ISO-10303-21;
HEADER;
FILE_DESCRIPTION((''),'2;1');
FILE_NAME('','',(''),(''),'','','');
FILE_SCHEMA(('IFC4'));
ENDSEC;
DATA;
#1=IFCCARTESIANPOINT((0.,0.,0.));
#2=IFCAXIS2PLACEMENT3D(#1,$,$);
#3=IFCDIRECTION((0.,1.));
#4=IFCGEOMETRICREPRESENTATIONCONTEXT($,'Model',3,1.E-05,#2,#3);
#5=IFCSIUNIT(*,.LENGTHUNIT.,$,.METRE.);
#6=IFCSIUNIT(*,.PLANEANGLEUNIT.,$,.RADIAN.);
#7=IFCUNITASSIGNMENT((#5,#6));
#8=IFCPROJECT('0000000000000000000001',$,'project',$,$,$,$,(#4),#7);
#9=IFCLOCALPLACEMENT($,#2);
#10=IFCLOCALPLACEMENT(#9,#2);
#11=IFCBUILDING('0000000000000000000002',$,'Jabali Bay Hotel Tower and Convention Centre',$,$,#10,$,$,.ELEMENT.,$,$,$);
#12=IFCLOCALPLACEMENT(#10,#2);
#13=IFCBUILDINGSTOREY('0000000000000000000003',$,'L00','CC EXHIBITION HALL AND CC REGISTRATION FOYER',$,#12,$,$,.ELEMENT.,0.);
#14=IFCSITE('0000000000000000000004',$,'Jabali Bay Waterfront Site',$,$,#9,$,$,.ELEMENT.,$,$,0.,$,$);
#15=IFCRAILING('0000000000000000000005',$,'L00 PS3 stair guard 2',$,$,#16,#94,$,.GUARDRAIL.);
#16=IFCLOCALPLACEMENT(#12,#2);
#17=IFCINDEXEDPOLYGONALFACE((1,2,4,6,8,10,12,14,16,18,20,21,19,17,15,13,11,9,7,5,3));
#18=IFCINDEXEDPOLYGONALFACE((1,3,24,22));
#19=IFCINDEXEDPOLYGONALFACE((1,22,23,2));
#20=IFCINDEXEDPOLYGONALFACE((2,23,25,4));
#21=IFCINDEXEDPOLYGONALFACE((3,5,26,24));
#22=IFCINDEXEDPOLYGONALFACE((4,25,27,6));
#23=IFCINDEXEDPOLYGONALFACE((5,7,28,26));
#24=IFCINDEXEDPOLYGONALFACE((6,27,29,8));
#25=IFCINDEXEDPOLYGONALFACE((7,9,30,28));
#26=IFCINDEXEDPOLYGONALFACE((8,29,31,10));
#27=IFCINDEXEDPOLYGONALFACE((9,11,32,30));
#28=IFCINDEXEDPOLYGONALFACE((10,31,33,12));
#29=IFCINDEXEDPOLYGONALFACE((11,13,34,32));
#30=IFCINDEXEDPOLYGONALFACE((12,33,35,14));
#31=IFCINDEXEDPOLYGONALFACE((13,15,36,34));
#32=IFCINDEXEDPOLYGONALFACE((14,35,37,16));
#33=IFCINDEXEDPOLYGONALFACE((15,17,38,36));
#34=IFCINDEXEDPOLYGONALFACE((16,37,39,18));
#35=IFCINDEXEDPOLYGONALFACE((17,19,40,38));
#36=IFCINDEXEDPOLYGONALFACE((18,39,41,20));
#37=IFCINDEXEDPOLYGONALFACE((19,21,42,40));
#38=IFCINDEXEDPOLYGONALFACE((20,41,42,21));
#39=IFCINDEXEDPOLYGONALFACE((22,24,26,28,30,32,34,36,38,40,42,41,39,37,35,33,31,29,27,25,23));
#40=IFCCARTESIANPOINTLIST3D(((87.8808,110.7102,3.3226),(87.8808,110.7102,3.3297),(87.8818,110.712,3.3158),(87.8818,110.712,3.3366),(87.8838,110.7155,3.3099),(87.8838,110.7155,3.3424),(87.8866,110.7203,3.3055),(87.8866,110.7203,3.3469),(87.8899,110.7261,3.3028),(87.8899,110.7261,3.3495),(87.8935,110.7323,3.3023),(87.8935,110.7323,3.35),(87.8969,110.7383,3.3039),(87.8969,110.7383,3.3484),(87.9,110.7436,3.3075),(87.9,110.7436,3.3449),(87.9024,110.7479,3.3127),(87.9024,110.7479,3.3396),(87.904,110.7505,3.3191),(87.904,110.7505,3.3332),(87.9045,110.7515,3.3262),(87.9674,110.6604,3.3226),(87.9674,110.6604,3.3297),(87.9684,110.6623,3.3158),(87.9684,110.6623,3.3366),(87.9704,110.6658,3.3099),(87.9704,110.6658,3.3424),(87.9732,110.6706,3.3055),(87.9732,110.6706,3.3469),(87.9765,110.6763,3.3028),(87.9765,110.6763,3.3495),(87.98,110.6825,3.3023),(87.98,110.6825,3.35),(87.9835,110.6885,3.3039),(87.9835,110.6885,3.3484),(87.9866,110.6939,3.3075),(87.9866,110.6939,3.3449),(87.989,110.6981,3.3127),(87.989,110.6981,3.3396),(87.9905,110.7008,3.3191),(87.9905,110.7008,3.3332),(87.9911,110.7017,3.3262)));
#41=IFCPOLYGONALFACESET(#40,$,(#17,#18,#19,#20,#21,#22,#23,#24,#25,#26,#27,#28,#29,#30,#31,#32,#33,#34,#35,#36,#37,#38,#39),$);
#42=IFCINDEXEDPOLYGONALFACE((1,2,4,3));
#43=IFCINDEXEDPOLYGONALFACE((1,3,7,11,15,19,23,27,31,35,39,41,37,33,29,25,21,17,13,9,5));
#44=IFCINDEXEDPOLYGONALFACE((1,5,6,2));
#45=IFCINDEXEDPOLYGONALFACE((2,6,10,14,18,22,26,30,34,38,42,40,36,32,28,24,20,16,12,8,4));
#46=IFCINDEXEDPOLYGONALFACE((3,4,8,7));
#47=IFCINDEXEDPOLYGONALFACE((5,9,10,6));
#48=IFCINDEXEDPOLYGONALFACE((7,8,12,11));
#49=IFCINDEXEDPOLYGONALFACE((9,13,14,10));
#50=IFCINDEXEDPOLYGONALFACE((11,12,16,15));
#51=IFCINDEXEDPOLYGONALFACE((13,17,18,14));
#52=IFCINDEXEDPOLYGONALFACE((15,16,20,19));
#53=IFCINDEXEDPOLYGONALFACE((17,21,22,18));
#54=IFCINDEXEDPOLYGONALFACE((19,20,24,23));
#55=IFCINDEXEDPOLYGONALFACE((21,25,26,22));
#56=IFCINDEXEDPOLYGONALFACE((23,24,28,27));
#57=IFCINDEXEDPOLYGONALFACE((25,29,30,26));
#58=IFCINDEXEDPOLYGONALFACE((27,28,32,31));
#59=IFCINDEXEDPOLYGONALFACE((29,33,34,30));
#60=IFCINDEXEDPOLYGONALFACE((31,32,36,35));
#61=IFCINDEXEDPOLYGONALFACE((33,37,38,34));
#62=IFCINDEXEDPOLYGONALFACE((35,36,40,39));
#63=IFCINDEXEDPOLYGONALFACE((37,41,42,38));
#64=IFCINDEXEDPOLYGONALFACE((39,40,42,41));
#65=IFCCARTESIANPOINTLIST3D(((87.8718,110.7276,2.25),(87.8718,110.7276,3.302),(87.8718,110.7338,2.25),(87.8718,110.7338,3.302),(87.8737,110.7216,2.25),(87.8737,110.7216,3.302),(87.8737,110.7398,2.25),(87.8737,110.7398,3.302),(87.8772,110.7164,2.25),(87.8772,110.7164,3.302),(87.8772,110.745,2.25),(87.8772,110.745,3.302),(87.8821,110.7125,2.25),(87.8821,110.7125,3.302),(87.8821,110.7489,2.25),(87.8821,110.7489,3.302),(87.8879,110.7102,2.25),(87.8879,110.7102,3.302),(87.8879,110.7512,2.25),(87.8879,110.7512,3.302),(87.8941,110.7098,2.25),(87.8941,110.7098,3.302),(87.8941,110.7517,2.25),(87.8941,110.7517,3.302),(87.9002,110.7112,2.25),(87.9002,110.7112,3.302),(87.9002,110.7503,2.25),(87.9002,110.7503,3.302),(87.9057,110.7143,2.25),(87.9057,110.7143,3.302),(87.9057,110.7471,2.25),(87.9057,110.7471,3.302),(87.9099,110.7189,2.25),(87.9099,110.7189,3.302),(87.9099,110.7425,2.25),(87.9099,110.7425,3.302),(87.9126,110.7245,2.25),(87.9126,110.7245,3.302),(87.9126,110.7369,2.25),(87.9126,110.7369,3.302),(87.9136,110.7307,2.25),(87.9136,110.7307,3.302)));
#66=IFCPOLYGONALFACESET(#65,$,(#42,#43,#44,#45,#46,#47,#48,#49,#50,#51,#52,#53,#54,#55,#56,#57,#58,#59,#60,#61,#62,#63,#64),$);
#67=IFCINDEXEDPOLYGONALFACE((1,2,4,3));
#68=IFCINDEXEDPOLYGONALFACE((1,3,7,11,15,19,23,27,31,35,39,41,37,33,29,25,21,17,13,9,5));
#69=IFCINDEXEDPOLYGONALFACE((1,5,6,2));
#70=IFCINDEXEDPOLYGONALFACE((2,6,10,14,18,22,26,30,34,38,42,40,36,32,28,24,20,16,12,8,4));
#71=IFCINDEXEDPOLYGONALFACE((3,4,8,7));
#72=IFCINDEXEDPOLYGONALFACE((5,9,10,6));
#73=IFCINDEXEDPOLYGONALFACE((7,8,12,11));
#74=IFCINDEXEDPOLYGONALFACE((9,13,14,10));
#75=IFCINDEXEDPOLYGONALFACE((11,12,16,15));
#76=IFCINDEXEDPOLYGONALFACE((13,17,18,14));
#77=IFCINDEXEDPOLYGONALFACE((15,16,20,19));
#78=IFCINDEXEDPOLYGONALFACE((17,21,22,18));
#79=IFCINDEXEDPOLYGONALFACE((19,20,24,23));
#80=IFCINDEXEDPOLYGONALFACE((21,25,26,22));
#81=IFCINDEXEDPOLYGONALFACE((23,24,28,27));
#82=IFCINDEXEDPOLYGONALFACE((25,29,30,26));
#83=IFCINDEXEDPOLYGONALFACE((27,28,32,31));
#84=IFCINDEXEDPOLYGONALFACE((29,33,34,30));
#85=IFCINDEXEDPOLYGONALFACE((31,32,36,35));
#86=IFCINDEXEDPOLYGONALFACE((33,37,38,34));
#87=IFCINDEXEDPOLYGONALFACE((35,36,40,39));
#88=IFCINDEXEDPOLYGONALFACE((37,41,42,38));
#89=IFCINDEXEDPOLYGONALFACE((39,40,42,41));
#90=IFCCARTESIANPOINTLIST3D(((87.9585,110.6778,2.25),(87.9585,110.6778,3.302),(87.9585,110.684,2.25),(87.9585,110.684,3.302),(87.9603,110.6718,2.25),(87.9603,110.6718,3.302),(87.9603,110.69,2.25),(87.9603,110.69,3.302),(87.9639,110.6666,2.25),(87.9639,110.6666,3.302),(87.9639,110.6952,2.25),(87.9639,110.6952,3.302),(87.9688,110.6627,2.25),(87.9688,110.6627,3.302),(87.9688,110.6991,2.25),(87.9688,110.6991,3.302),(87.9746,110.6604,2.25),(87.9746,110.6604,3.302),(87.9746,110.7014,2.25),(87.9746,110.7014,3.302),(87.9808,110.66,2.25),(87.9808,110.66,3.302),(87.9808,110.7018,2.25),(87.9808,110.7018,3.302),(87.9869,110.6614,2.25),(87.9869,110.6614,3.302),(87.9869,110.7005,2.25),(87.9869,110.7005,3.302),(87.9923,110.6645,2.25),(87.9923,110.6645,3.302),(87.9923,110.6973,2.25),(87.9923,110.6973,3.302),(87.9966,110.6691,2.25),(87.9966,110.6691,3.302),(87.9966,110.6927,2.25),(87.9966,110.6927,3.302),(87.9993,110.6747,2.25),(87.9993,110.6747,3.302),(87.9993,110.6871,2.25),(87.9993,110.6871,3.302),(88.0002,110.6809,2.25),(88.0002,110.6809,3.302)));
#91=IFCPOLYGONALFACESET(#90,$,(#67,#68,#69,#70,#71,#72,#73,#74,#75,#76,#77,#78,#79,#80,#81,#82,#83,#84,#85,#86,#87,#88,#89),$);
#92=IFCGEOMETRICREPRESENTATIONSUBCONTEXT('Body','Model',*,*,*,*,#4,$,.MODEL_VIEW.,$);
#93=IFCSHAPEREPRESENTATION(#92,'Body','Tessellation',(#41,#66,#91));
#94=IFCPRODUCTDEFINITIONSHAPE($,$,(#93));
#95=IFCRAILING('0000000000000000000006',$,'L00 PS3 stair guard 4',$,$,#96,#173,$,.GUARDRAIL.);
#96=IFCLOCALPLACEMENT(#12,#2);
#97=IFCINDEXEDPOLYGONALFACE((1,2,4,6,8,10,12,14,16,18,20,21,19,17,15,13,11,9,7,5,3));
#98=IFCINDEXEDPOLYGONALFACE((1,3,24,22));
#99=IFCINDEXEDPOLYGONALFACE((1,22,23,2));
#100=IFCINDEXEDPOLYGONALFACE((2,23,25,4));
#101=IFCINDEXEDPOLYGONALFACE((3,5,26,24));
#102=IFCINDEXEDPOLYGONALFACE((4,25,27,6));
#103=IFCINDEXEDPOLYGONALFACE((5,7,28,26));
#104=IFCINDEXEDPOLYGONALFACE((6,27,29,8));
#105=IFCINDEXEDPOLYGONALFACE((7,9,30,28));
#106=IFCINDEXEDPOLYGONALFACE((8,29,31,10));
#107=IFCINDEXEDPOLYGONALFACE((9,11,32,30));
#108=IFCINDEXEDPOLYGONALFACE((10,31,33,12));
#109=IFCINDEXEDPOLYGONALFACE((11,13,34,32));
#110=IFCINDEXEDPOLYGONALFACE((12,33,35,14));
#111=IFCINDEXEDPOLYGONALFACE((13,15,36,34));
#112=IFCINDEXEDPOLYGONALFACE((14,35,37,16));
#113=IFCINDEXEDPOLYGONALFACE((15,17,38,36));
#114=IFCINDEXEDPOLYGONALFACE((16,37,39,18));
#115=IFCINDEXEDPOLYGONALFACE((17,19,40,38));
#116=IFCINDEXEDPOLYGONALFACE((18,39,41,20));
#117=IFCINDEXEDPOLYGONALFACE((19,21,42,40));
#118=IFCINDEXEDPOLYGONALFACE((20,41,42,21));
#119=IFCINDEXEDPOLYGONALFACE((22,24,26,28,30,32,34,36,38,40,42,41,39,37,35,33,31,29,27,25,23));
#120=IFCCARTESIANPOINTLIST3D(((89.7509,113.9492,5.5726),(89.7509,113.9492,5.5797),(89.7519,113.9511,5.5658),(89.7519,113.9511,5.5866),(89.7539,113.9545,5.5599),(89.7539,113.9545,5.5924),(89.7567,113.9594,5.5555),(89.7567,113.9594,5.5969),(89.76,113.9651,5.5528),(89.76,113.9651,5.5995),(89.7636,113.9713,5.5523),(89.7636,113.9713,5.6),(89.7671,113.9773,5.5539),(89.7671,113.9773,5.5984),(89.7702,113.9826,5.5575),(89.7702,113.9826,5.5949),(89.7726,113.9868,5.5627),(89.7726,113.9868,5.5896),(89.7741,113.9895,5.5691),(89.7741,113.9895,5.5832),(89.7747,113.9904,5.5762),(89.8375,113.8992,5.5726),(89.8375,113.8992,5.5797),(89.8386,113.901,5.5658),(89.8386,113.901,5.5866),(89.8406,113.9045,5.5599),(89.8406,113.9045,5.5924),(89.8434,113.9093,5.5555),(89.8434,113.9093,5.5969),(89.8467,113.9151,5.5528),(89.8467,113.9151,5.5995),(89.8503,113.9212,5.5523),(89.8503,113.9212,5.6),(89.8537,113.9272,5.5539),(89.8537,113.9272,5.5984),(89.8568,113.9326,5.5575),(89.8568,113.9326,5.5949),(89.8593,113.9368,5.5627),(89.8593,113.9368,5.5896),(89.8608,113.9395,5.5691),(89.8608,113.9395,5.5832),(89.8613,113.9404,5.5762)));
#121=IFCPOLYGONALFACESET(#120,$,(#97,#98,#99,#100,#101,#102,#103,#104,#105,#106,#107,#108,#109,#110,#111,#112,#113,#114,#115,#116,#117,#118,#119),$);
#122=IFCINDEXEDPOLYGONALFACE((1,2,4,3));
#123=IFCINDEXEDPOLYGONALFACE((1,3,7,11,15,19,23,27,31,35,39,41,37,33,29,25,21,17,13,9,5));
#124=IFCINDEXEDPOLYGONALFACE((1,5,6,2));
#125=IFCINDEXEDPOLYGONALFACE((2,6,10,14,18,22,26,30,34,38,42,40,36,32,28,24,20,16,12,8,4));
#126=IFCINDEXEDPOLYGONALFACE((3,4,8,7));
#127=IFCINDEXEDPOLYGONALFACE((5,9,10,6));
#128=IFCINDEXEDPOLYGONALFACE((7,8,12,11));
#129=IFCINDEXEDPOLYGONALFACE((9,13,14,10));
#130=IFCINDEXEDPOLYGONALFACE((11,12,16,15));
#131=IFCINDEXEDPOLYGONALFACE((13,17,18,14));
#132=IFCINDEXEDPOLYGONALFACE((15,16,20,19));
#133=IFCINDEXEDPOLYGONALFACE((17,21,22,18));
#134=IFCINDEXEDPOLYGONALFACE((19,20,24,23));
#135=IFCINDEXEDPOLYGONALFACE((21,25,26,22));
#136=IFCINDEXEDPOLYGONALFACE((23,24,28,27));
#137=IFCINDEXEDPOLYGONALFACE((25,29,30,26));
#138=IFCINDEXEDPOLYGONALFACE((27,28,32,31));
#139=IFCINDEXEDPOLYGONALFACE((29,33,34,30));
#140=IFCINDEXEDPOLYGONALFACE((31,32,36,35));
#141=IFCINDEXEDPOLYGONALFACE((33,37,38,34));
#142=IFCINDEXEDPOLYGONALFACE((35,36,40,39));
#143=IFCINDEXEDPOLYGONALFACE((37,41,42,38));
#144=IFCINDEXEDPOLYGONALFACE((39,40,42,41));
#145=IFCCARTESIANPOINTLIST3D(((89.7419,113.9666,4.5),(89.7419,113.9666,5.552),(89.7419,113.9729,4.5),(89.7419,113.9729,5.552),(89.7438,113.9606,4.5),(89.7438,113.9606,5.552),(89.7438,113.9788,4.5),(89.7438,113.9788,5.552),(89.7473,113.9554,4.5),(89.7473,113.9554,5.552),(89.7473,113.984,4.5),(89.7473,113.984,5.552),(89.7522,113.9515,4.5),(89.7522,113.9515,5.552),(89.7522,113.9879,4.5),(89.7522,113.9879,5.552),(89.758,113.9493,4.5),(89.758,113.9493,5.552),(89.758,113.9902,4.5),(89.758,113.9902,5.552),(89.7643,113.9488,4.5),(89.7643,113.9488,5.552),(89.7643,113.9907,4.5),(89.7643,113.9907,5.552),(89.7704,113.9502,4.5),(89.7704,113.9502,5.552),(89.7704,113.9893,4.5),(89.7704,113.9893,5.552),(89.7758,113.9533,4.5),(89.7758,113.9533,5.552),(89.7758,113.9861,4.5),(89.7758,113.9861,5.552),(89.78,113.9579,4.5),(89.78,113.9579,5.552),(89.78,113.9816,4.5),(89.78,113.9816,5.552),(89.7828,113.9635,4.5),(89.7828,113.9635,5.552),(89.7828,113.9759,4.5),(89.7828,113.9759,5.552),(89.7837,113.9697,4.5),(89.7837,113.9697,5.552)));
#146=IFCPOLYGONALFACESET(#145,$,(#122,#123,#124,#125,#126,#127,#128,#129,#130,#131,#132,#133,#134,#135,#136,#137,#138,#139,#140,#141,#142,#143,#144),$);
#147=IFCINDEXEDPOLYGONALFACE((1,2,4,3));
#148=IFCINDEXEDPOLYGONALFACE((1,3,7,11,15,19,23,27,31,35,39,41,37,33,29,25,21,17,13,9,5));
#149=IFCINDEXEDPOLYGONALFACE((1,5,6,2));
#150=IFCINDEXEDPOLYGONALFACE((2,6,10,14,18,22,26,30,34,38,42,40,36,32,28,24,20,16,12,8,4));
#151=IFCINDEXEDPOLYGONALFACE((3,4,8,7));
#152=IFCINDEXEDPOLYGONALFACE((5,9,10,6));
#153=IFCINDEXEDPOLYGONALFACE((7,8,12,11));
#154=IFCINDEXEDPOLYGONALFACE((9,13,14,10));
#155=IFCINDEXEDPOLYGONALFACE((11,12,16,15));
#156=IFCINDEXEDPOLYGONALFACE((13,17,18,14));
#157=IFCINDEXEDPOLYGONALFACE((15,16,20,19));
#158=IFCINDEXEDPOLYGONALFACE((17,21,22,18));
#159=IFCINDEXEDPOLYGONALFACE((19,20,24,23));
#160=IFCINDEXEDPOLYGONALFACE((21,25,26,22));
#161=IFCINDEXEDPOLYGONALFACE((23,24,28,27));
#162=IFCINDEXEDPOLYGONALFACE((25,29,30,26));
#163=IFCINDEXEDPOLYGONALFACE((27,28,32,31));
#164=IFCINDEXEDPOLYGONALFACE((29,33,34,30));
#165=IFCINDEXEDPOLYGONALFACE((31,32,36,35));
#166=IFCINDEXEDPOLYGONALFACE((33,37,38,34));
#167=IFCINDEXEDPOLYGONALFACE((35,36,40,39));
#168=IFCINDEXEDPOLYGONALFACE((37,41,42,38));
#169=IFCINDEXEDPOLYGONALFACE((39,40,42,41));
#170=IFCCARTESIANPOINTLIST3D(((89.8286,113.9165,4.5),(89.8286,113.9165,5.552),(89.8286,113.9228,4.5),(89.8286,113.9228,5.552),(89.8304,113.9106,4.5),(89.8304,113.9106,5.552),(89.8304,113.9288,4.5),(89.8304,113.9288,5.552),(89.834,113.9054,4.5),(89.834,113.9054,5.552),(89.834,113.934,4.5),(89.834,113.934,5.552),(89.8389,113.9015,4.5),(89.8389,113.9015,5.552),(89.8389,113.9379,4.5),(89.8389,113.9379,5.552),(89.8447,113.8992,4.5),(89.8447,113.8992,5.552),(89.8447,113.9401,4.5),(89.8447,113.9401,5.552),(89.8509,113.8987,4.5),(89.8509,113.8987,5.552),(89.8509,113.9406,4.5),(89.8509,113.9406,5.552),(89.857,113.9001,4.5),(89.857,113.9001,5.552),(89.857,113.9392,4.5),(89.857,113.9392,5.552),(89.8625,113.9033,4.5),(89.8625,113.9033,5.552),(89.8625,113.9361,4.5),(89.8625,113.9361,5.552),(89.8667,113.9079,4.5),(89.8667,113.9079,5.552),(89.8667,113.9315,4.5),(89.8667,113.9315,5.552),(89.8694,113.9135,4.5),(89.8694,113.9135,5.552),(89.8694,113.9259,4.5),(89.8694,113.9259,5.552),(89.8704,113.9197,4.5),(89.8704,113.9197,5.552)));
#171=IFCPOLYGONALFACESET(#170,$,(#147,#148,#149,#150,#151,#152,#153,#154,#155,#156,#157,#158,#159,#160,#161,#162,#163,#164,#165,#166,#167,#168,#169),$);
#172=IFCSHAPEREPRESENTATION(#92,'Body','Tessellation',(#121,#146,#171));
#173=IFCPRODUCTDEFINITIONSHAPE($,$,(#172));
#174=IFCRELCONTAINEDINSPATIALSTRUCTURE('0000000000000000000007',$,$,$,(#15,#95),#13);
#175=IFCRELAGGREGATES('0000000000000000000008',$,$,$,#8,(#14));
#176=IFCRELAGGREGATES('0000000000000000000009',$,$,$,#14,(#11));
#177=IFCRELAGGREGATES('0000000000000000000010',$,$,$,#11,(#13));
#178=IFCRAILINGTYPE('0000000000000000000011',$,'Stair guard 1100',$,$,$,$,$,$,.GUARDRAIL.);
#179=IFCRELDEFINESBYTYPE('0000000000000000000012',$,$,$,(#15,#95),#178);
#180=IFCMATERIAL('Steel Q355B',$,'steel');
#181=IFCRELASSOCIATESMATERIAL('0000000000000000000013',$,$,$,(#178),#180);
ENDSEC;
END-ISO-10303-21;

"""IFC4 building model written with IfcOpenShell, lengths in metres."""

from ifc_helpers import new_model, si_unit, direction, frame, origin, origin_2d, place, context, subcontext, project, spatial, circle, extrude, material, type_object, element, save


model = new_model("IFC4")

# Units and contexts
model_context = context("Model", 3, precision=1e-05, world=origin(), true_north=direction((0.0, 1.0)))
body_context = subcontext(model_context, "Body", "Model", "MODEL_VIEW")
ifc_project = project(units=[si_unit("LENGTHUNIT", "METRE"), si_unit("PLANEANGLEUNIT", "RADIAN")], contexts=[model_context])

# Site, building, storey
site_placement = place(None, origin())
site = spatial("IfcSite", under=ifc_project, at=site_placement, Name="Jabali Bay Waterfront Site", CompositionType="ELEMENT", RefElevation=0.0)
building_placement = place(site_placement, origin())
building = spatial("IfcBuilding", under=site, at=building_placement, Name="Jabali Bay Hotel Tower and Convention Centre", CompositionType="ELEMENT")
storey_placement = place(building_placement, origin())
storey = spatial("IfcBuildingStorey", under=building, at=storey_placement, Name="L00", Description="CC EXHIBITION HALL AND CC REGISTRATION FOYER", CompositionType="ELEMENT", Elevation=0.0)

# Railings
ifc_material_1 = material(Name="Steel Q355B", Category="steel")
railing_type_1 = type_object("IfcRailingType", Name="Stair guard 1100", PredefinedType="GUARDRAIL", material=ifc_material_1)
railing_1_placement = place(storey_placement, frame((87.8926, 110.7307, 2.25)))
element("IfcRailing", 1, at=railing_1_placement, inside=storey, type_object=railing_type_1, Name="L00 PS3 stair guard 2", PredefinedType="GUARDRAIL", context=body_context, shape_type="SweptSolid", body=[
    extrude(circle(Radius=0.0239, at=origin_2d()), frame((0.0, 0.0, 1.0762), z_axis=(0.867038, -0.498242, 0.0), x_axis=(0.498242, 0.867038, 0.0)), (0.0, 0.0, 1.0), 0.0999),
    extrude(circle(Radius=0.021, at=origin_2d()), origin(), (0.0, 0.0, 1.0), 1.052),
    extrude(circle(Radius=0.021, at=origin_2d()), frame((0.0867, -0.0498, 0.0)), (0.0, 0.0, 1.0), 1.052),
])
railing_2_placement = place(storey_placement, frame((89.7627, 113.9697, 4.5)))
element("IfcRailing", 2, at=railing_2_placement, inside=storey, type_object=railing_type_1, Name="L00 PS3 stair guard 4", PredefinedType="GUARDRAIL", context=body_context, shape_type="SweptSolid", body=[
    extrude(circle(Radius=0.0239, at=origin_2d()), frame((0.0, 0.0, 1.0762), z_axis=(0.865982, -0.500074, 0.0), x_axis=(0.500074, 0.865982, 0.0)), (0.0, 0.0, 1.0), 0.1001),
    extrude(circle(Radius=0.021, at=origin_2d()), origin(), (0.0, 0.0, 1.0), 1.052),
    extrude(circle(Radius=0.021, at=origin_2d()), frame((0.0867, -0.05, 0.0)), (0.0, 0.0, 1.0), 1.052),
])

save(model, "model.ifc")
